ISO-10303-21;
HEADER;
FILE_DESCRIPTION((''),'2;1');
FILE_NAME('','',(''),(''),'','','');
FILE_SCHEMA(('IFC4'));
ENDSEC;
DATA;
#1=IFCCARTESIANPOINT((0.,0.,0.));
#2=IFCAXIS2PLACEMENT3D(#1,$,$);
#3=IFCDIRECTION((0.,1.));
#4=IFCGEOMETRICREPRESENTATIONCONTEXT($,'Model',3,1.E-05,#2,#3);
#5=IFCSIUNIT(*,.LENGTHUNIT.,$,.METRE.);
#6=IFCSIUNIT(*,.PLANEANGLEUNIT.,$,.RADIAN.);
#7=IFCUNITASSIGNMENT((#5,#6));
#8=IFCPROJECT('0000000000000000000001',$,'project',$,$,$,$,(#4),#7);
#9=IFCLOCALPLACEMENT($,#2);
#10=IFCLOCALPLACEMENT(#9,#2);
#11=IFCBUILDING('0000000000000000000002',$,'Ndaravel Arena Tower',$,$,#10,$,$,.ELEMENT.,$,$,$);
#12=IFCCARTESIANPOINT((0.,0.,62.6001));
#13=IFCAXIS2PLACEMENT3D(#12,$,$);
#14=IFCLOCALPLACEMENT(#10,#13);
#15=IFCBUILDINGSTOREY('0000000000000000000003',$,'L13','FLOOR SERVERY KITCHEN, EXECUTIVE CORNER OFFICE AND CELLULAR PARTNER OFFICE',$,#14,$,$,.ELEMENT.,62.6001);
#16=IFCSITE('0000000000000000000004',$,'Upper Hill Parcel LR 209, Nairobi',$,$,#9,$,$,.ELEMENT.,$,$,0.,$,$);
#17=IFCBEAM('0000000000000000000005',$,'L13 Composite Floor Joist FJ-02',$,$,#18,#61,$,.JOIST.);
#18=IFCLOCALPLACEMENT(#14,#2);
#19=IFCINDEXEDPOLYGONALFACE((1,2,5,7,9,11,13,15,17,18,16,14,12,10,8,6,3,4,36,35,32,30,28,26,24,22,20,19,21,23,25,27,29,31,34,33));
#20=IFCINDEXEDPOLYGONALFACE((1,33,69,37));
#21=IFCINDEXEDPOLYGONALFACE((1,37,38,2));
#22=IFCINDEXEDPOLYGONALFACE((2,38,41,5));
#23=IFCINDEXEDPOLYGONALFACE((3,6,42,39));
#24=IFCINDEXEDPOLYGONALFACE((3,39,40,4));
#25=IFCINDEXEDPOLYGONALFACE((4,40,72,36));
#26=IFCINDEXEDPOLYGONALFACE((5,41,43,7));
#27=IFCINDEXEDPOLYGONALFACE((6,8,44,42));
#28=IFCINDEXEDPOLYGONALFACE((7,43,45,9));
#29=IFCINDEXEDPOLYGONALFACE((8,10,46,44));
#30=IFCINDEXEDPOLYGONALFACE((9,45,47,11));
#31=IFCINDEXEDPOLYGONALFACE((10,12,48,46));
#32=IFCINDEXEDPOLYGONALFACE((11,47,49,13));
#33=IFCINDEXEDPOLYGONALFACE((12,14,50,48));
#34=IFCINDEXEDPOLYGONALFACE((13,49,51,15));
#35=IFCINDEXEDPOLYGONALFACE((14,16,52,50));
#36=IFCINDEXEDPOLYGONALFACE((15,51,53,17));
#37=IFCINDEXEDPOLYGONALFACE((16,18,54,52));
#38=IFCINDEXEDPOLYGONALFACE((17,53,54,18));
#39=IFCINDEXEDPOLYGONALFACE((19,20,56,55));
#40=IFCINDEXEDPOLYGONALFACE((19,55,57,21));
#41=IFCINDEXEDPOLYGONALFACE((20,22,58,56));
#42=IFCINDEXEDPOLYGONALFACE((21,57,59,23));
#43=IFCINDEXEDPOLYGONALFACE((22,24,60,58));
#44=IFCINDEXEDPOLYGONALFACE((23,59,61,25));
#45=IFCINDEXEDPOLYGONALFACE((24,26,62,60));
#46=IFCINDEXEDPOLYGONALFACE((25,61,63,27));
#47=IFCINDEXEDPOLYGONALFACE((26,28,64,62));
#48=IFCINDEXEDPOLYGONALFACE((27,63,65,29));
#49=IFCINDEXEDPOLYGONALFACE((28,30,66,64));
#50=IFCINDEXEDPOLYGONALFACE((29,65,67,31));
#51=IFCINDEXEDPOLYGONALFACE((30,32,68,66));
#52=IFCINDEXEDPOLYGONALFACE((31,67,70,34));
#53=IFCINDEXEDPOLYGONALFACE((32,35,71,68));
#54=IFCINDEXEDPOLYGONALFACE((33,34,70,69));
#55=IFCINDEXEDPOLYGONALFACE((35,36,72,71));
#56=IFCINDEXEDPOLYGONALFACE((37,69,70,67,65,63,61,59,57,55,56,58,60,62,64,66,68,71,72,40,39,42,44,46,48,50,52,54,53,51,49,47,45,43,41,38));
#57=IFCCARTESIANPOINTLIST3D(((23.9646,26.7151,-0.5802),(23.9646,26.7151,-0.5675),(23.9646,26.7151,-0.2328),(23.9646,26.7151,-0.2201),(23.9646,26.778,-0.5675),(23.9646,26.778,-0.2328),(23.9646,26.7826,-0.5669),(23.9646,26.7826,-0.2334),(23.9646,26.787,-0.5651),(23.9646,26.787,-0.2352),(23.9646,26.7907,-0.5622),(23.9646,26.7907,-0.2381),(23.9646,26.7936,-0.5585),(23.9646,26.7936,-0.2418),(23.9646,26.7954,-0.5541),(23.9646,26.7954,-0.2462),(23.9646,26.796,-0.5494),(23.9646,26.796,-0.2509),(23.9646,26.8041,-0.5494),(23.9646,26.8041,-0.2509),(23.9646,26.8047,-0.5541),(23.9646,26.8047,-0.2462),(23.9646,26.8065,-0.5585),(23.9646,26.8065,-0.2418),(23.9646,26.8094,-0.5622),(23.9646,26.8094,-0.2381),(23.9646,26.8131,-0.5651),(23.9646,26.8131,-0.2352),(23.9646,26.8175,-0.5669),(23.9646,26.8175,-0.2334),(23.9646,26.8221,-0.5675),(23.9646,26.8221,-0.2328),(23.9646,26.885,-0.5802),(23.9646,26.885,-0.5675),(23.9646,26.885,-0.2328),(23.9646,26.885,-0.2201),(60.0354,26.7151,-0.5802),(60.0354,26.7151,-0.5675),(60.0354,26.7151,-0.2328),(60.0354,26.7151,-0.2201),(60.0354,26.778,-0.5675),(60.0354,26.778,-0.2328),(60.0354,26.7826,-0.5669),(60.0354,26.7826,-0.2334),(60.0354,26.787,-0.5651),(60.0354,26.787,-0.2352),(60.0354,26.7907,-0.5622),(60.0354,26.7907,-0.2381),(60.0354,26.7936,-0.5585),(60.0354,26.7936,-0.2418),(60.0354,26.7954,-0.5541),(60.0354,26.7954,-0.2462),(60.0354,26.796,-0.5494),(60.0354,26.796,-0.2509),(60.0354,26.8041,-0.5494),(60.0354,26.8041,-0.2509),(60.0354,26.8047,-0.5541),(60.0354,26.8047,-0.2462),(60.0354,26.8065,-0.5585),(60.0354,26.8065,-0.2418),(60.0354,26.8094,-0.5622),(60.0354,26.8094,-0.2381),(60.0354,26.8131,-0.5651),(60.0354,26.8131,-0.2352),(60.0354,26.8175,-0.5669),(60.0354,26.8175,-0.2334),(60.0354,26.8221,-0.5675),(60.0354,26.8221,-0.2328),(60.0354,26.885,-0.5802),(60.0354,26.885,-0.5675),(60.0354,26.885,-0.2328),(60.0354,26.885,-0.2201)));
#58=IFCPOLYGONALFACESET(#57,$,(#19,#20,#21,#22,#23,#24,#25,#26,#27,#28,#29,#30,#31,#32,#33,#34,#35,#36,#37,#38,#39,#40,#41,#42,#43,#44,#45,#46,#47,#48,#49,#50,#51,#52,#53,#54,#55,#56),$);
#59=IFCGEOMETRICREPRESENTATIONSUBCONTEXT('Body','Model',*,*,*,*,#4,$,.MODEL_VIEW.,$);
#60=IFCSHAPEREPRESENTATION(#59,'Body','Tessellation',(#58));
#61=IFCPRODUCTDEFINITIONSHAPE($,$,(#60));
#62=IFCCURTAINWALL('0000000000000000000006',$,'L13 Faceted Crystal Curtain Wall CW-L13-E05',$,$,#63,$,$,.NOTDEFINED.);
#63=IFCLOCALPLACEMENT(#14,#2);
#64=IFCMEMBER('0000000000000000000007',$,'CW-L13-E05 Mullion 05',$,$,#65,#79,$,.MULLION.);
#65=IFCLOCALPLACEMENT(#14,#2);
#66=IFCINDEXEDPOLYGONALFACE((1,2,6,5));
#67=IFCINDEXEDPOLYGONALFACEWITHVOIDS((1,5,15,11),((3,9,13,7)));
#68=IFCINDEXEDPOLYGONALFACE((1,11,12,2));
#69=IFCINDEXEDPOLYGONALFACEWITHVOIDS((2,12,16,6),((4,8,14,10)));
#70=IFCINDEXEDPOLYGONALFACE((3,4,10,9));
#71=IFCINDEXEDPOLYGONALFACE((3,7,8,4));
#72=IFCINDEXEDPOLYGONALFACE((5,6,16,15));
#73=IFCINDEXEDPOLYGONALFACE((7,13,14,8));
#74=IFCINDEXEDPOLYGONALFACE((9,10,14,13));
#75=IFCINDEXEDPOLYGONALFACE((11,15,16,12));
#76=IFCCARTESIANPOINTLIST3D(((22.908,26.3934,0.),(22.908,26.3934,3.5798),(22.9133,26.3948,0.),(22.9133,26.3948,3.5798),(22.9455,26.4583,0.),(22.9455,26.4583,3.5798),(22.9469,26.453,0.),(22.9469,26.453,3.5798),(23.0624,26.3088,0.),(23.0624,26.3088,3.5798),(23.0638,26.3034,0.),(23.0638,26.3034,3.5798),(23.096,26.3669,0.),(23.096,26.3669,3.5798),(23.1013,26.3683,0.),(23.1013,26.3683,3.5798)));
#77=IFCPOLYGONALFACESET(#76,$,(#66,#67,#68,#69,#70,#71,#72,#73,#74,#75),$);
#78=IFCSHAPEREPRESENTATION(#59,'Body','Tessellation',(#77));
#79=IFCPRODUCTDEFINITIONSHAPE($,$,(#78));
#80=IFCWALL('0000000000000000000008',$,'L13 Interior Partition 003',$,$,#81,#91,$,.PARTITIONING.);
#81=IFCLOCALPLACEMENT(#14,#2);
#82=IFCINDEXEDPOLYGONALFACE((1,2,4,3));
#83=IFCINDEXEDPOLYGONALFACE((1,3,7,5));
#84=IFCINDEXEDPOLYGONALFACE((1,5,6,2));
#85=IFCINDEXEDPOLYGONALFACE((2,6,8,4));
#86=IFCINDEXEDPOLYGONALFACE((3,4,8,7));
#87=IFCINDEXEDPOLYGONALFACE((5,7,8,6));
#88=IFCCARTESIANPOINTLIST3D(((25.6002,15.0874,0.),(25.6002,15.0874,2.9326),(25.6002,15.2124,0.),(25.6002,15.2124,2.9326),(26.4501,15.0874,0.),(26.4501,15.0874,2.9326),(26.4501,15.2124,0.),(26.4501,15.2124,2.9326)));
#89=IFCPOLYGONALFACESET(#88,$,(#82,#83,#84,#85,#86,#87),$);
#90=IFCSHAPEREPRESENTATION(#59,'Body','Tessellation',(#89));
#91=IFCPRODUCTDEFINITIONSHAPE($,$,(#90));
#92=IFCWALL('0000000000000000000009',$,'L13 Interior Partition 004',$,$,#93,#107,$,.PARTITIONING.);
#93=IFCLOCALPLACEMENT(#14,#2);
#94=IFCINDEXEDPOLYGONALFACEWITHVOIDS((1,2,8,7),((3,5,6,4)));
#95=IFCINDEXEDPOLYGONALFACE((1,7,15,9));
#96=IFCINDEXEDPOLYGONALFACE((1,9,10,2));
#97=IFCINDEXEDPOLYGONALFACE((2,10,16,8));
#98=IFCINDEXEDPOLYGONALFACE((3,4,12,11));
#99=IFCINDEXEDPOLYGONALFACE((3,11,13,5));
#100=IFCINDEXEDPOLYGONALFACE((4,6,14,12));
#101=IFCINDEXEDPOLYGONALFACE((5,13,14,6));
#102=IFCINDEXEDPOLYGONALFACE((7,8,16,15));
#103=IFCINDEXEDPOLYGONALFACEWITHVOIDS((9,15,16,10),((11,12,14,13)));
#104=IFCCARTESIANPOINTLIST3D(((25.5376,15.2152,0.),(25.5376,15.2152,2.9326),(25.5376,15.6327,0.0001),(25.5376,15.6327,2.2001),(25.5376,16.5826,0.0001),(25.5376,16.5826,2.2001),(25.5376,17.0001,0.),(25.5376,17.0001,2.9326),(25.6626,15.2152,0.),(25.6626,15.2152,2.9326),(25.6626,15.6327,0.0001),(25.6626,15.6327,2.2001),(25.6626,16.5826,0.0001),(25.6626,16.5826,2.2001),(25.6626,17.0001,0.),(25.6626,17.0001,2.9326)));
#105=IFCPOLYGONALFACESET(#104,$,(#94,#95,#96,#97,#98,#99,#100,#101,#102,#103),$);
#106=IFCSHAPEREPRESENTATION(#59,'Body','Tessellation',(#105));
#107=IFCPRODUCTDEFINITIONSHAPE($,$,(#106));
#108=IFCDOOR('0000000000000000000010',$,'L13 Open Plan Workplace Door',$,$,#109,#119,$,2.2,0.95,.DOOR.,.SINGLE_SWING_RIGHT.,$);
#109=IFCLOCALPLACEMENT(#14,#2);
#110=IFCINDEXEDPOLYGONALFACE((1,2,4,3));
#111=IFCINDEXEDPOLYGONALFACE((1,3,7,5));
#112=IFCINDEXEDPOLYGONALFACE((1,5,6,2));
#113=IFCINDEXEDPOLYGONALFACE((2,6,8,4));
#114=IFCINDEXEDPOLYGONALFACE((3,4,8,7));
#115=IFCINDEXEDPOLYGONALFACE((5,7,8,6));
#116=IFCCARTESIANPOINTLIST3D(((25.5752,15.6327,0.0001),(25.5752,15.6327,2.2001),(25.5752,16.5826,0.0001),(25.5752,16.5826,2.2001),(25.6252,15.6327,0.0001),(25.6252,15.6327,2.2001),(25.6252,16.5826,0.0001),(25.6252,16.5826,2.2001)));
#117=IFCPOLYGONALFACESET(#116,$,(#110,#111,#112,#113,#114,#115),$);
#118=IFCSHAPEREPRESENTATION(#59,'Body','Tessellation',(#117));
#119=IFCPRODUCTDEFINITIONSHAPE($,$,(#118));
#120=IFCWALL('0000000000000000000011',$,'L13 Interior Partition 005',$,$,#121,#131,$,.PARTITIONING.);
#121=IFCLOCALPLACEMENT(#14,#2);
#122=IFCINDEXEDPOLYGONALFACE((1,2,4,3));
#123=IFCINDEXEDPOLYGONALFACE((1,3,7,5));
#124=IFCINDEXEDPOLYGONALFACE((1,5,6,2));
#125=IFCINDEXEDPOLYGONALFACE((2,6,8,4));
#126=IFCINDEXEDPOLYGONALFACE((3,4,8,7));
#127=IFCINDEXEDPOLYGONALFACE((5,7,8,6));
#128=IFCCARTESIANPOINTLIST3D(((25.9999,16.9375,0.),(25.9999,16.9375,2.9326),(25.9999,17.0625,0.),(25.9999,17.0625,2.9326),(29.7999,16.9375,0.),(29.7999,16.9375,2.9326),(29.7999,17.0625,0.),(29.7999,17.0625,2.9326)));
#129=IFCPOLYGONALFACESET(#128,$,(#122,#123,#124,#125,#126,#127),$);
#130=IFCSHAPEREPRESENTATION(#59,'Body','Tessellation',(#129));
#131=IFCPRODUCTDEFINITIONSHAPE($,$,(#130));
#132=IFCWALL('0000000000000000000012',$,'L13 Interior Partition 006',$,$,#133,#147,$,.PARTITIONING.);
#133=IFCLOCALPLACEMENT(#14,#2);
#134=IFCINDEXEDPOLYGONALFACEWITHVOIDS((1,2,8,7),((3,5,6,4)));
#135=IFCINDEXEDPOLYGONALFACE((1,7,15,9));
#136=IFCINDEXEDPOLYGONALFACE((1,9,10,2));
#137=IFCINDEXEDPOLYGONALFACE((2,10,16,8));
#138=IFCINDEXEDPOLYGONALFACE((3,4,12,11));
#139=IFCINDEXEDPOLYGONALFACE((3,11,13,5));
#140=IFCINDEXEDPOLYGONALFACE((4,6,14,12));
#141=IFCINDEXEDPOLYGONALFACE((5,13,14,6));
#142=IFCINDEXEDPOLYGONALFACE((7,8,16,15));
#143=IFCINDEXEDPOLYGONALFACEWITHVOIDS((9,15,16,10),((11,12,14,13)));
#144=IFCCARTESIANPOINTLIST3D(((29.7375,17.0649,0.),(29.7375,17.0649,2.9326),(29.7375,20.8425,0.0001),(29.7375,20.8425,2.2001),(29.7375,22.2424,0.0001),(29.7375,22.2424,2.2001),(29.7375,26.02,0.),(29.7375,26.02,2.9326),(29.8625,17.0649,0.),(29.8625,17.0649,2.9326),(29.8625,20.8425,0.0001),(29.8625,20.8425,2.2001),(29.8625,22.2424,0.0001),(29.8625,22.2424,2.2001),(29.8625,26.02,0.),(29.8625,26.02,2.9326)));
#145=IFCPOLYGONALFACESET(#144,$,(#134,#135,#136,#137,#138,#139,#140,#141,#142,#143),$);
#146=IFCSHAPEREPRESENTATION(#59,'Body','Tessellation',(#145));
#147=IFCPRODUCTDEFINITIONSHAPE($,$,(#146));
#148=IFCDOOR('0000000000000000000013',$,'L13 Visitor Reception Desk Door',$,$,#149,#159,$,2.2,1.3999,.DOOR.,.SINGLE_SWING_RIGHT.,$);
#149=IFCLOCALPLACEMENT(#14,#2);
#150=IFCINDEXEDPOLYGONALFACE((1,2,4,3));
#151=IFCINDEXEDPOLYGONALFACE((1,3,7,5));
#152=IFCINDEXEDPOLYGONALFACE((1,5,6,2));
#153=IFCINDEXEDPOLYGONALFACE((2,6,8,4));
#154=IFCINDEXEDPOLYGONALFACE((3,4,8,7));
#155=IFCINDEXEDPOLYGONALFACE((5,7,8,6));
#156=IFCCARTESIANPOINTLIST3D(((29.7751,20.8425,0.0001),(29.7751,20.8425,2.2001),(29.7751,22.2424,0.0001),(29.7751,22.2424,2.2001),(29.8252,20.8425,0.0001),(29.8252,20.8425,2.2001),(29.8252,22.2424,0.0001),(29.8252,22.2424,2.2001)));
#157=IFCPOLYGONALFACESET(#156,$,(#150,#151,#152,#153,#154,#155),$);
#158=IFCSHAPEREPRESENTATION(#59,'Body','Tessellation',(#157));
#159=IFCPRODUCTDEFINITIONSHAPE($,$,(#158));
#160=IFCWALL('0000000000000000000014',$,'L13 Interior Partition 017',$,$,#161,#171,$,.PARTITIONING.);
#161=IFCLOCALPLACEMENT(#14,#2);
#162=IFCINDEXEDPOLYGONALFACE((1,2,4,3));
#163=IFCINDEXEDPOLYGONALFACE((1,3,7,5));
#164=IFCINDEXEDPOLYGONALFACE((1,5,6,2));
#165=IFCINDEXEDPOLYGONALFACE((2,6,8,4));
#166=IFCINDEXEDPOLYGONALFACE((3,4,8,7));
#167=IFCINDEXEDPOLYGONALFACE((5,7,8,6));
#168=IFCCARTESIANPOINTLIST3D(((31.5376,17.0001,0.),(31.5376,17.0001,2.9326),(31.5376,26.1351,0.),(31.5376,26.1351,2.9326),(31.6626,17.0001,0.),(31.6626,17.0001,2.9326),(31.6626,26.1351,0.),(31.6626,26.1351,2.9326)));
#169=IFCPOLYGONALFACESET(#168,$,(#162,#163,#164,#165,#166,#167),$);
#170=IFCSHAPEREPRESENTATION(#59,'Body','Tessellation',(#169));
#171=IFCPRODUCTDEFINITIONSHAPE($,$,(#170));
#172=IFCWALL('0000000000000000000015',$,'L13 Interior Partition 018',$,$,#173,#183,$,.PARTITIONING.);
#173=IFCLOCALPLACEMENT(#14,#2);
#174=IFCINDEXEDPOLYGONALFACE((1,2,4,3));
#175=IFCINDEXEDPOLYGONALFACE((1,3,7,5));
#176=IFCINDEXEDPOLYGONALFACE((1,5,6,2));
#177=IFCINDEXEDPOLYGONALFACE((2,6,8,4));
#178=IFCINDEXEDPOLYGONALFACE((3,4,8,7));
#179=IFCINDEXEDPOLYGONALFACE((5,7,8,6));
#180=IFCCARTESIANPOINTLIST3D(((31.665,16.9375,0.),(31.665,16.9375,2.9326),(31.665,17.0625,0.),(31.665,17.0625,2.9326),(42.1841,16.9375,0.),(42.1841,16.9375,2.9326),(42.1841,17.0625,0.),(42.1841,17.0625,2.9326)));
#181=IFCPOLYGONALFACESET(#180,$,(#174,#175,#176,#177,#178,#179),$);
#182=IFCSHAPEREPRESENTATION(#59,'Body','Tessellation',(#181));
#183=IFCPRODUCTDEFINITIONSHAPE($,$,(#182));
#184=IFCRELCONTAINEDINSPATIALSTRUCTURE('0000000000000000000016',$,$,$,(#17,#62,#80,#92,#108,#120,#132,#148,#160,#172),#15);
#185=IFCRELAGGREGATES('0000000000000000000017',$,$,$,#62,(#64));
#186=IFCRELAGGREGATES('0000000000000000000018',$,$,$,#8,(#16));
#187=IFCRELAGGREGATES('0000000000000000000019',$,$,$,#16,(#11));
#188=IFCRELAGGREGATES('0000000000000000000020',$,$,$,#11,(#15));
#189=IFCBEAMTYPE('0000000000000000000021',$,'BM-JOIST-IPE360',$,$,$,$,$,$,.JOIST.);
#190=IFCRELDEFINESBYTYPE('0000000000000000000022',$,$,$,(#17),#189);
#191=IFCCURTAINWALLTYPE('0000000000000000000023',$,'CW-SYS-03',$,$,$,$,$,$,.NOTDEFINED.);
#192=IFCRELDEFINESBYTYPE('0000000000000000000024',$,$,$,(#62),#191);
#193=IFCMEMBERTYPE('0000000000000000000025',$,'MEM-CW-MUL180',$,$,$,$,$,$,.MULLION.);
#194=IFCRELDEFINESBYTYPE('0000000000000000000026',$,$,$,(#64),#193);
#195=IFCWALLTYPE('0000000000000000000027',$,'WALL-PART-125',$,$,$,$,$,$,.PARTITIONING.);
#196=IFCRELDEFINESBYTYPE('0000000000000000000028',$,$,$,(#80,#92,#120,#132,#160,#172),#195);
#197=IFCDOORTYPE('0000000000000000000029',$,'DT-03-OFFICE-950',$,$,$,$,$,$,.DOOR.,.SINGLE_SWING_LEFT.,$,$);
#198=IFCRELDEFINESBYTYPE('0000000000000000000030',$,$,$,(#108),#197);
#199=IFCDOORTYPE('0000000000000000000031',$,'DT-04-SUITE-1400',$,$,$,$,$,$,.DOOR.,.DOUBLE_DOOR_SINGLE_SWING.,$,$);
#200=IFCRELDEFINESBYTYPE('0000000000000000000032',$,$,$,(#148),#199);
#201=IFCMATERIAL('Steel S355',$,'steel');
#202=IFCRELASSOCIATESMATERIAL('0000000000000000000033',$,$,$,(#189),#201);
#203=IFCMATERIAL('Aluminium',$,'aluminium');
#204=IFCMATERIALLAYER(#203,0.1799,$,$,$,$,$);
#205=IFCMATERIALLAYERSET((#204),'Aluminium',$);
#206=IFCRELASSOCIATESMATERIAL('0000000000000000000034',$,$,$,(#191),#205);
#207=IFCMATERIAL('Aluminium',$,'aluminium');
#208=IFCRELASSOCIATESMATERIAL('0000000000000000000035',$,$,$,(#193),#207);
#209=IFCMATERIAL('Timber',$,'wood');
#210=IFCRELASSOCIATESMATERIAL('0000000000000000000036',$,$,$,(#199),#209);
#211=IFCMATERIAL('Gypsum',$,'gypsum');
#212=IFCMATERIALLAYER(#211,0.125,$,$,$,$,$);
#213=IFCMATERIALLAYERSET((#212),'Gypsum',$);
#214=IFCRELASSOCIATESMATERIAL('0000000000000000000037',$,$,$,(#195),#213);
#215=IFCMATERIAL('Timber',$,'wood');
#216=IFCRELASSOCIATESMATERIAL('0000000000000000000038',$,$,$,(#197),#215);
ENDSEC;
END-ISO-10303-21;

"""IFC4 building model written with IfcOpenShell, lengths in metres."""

from ifc_helpers import new_model, si_unit, direction, frame, frame_2d, origin, origin_2d, place, context, subcontext, project, spatial, rectangle, hollow_rectangle, i_section, extrude, material, layer, layer_set, material_profile, profile_set, type_object, element, fill, aggregate, save


model = new_model("IFC4")

# Units and contexts
model_context = context("Model", 3, precision=1e-05, world=origin(), true_north=direction((0.0, 1.0)))
body_context = subcontext(model_context, "Body", "Model", "MODEL_VIEW")
ifc_project = project(units=[si_unit("LENGTHUNIT", "METRE"), si_unit("PLANEANGLEUNIT", "RADIAN")], contexts=[model_context])

# Site, building, storey
site_placement = place(None, origin())
site = spatial("IfcSite", under=ifc_project, at=site_placement, Name="Upper Hill Parcel LR 209, Nairobi", CompositionType="ELEMENT", RefElevation=0.0)
building_placement = place(site_placement, origin())
building = spatial("IfcBuilding", under=site, at=building_placement, Name="Ndaravel Arena Tower", CompositionType="ELEMENT")
storey_placement = place(building_placement, frame((0.0, 0.0, 62.6001)))
storey = spatial("IfcBuildingStorey", under=building, at=storey_placement, Name="L13", Description="FLOOR SERVERY KITCHEN, EXECUTIVE CORNER OFFICE AND CELLULAR PARTNER OFFICE", CompositionType="ELEMENT", Elevation=62.6001)

# Beam
ifc_material_1 = material(Name="Steel S355", Category="steel")
ifc_material_profile_1 = material_profile(ifc_material_1, i_section(OverallWidth=0.1699, OverallDepth=0.3601, WebThickness=0.0081, FlangeThickness=0.0127, FilletRadius=0.0181, at=origin_2d()), Name="IPE 360")
ifc_profile_set_1 = profile_set([ifc_material_profile_1], Name="Steel S355")
beam_type_1 = type_object("IfcBeamType", Name="BM-JOIST-IPE360", PredefinedType="JOIST", material=ifc_profile_set_1)
beam_1_placement = place(storey_placement, frame((23.9646, 26.8, -0.4001), z_axis=(1.0, 0.0, 0.0), x_axis=(0.0, 1.0, 0.0)))
element("IfcBeam", 1, at=beam_1_placement, inside=storey, type_object=beam_type_1, Name="L13 Composite Floor Joist FJ-02", PredefinedType="JOIST", context=body_context, shape_type="SweptSolid", body=[
    extrude(i_section(OverallWidth=0.1699, OverallDepth=0.3601, WebThickness=0.0081, FlangeThickness=0.0127, FilletRadius=0.0181, at=origin_2d()), origin(), (0.0, 0.0, 1.0), 36.0708),
])

# Curtain wall, member
ifc_material_2 = material(Name="Aluminium", Category="aluminium")
ifc_layer_1 = layer(ifc_material_2, 0.1799)
ifc_layer_set_1 = layer_set([ifc_layer_1], Name="Aluminium")
curtain_wall_type = type_object("IfcCurtainWallType", Name="CW-SYS-03", PredefinedType="NOTDEFINED", material=ifc_layer_set_1)
curtain_wall_placement = place(storey_placement, origin())
curtain_wall = element("IfcCurtainWall", 2, at=curtain_wall_placement, inside=storey, type_object=curtain_wall_type, Name="L13 Faceted Crystal Curtain Wall CW-L13-E05", PredefinedType="NOTDEFINED")
ifc_material_3 = material(Name="Aluminium", Category="aluminium")
ifc_material_profile_2 = material_profile(ifc_material_3, hollow_rectangle(XDim=0.075, YDim=0.1799, WallThickness=0.0039, at=origin_2d()), Name="CW MULLION 75x180x4")
ifc_profile_set_2 = profile_set([ifc_material_profile_2], Name="Aluminium")
member_type = type_object("IfcMemberType", Name="MEM-CW-MUL180", PredefinedType="MULLION", material=ifc_profile_set_2)
member_placement = place(storey_placement, frame((23.0046, 26.3809, 0.0), z_axis=(0.0, 0.0, 1.0), x_axis=(-0.5, -0.866025, 0.0)))
member = element("IfcMember", 3, at=member_placement, type_object=member_type, Name="CW-L13-E05 Mullion 05", PredefinedType="MULLION", context=body_context, shape_type="SweptSolid", body=[
    extrude(hollow_rectangle(XDim=0.075, YDim=0.1799, WallThickness=0.0039, at=origin_2d()), origin(), (0.0, 0.0, 1.0), 3.5798),
])
aggregate(curtain_wall, [member])

# Shared definitions
ifc_material_4 = material(Name="Timber", Category="wood")
door_type_1 = type_object("IfcDoorType", Name="DT-04-SUITE-1400", OperationType="DOUBLE_DOOR_SINGLE_SWING", PredefinedType="DOOR", material=ifc_material_4)

# Wall
ifc_material_5 = material(Name="Gypsum", Category="gypsum")
ifc_layer_2 = layer(ifc_material_5, 0.125)
ifc_layer_set_2 = layer_set([ifc_layer_2], Name="Gypsum")
wall_type_1 = type_object("IfcWallType", Name="WALL-PART-125", PredefinedType="PARTITIONING", material=ifc_layer_set_2)
wall_1_placement = place(storey_placement, frame((26.45, 15.1499, 0.0), z_axis=(0.0, 0.0, 1.0), x_axis=(-1.0, 0.0, 0.0)))
element("IfcWall", 4, at=wall_1_placement, inside=storey, type_object=wall_type_1, Name="L13 Interior Partition 003", PredefinedType="PARTITIONING", context=body_context, shape_type="SweptSolid", body=[
    extrude(rectangle(XDim=0.8499, YDim=0.125, at=frame_2d((0.4248, 0.0))), origin(), (0.0, 0.0, 1.0), 2.9326),
])

# Wall, opening, door
wall_2_placement = place(storey_placement, frame((25.6001, 15.2151, 0.0), z_axis=(0.0, 0.0, 1.0), x_axis=(0.0, 1.0, 0.0)))
wall_2 = element("IfcWall", 5, at=wall_2_placement, inside=storey, type_object=wall_type_1, Name="L13 Interior Partition 004", PredefinedType="PARTITIONING", context=body_context, shape_type="SweptSolid", body=[
    extrude(rectangle(XDim=1.7849, YDim=0.125, at=frame_2d((0.8926, 0.0))), origin(), (0.0, 0.0, 1.0), 2.9326),
])
opening_1_placement = place(wall_2_placement, frame((0.4175, 0.0, 0.0)))
opening_1 = element("IfcOpeningElement", 6, at=opening_1_placement, cuts=wall_2, PredefinedType="OPENING", context=body_context, shape_type="SweptSolid", body=[
    extrude(rectangle(XDim=0.95, YDim=2.2, at=frame_2d((0.4751, 1.1001))), frame((0.0, 0.0625, 0.0), z_axis=(0.0, -1.0, 0.0), x_axis=(1.0, 0.0, 0.0)), (0.0, 0.0, 1.0), 0.125),
])
ifc_material_6 = material(Name="Timber", Category="wood")
door_type_2 = type_object("IfcDoorType", Name="DT-03-OFFICE-950", OperationType="SINGLE_SWING_LEFT", PredefinedType="DOOR", material=ifc_material_6)
door_1_placement = place(opening_1_placement, origin())
door_1 = element("IfcDoor", 7, at=door_1_placement, inside=storey, type_object=door_type_2, Name="L13 Open Plan Workplace Door", OperationType="SINGLE_SWING_RIGHT", OverallHeight=2.2, OverallWidth=0.95, PredefinedType="DOOR", context=body_context, shape_type="SweptSolid", body=[
    extrude(rectangle(XDim=0.95, YDim=2.2, at=frame_2d((0.4751, 1.1001))), frame((0.0, 0.0249, 0.0), z_axis=(0.0, -1.0, 0.0), x_axis=(1.0, 0.0, 0.0)), (0.0, 0.0, 1.0), 0.05),
])
fill(opening_1, door_1)

# Wall
wall_3_placement = place(storey_placement, frame((26.0, 17.0, 0.0), z_axis=(0.0, 0.0, 1.0), x_axis=(1.0, 0.0, 0.0)))
element("IfcWall", 8, at=wall_3_placement, inside=storey, type_object=wall_type_1, Name="L13 Interior Partition 005", PredefinedType="PARTITIONING", context=body_context, shape_type="SweptSolid", body=[
    extrude(rectangle(XDim=3.8, YDim=0.125, at=frame_2d((1.8999, 0.0))), origin(), (0.0, 0.0, 1.0), 2.9326),
])

# Wall, opening, door
wall_4_placement = place(storey_placement, frame((29.8, 17.0649, 0.0), z_axis=(0.0, 0.0, 1.0), x_axis=(0.0, 1.0, 0.0)))
wall_4 = element("IfcWall", 9, at=wall_4_placement, inside=storey, type_object=wall_type_1, Name="L13 Interior Partition 006", PredefinedType="PARTITIONING", context=body_context, shape_type="SweptSolid", body=[
    extrude(rectangle(XDim=8.9551, YDim=0.125, at=frame_2d((4.4775, 0.0))), origin(), (0.0, 0.0, 1.0), 2.9326),
])
opening_2_placement = place(wall_4_placement, frame((3.7776, 0.0, 0.0)))
opening_2 = element("IfcOpeningElement", 10, at=opening_2_placement, cuts=wall_4, PredefinedType="OPENING", context=body_context, shape_type="SweptSolid", body=[
    extrude(rectangle(XDim=1.3999, YDim=2.2, at=frame_2d((0.7, 1.1001))), frame((0.0, 0.0625, 0.0), z_axis=(0.0, -1.0, 0.0), x_axis=(1.0, 0.0, 0.0)), (0.0, 0.0, 1.0), 0.125),
])
door_2_placement = place(opening_2_placement, origin())
door_2 = element("IfcDoor", 11, at=door_2_placement, inside=storey, type_object=door_type_1, Name="L13 Visitor Reception Desk Door", OperationType="SINGLE_SWING_RIGHT", OverallHeight=2.2, OverallWidth=1.3999, PredefinedType="DOOR", context=body_context, shape_type="SweptSolid", body=[
    extrude(rectangle(XDim=1.3999, YDim=2.2, at=frame_2d((0.7, 1.1001))), frame((0.0, 0.0249, 0.0), z_axis=(0.0, -1.0, 0.0), x_axis=(1.0, 0.0, 0.0)), (0.0, 0.0, 1.0), 0.05),
])
fill(opening_2, door_2)

# Walls
wall_5_placement = place(storey_placement, frame((31.6001, 26.135, 0.0), z_axis=(0.0, 0.0, 1.0), x_axis=(0.0, -1.0, 0.0)))
element("IfcWall", 12, at=wall_5_placement, inside=storey, type_object=wall_type_1, Name="L13 Interior Partition 017", PredefinedType="PARTITIONING", context=body_context, shape_type="SweptSolid", body=[
    extrude(rectangle(XDim=9.135, YDim=0.125, at=frame_2d((4.5674, 0.0))), origin(), (0.0, 0.0, 1.0), 2.9326),
])
wall_6_placement = place(storey_placement, frame((31.665, 17.0, 0.0), z_axis=(0.0, 0.0, 1.0), x_axis=(1.0, 0.0, 0.0)))
element("IfcWall", 13, at=wall_6_placement, inside=storey, type_object=wall_type_1, Name="L13 Interior Partition 018", PredefinedType="PARTITIONING", context=body_context, shape_type="SweptSolid", body=[
    extrude(rectangle(XDim=10.519, YDim=0.125, at=frame_2d((5.2595, 0.0))), origin(), (0.0, 0.0, 1.0), 2.9326),
])

save(model, "model.ifc")
